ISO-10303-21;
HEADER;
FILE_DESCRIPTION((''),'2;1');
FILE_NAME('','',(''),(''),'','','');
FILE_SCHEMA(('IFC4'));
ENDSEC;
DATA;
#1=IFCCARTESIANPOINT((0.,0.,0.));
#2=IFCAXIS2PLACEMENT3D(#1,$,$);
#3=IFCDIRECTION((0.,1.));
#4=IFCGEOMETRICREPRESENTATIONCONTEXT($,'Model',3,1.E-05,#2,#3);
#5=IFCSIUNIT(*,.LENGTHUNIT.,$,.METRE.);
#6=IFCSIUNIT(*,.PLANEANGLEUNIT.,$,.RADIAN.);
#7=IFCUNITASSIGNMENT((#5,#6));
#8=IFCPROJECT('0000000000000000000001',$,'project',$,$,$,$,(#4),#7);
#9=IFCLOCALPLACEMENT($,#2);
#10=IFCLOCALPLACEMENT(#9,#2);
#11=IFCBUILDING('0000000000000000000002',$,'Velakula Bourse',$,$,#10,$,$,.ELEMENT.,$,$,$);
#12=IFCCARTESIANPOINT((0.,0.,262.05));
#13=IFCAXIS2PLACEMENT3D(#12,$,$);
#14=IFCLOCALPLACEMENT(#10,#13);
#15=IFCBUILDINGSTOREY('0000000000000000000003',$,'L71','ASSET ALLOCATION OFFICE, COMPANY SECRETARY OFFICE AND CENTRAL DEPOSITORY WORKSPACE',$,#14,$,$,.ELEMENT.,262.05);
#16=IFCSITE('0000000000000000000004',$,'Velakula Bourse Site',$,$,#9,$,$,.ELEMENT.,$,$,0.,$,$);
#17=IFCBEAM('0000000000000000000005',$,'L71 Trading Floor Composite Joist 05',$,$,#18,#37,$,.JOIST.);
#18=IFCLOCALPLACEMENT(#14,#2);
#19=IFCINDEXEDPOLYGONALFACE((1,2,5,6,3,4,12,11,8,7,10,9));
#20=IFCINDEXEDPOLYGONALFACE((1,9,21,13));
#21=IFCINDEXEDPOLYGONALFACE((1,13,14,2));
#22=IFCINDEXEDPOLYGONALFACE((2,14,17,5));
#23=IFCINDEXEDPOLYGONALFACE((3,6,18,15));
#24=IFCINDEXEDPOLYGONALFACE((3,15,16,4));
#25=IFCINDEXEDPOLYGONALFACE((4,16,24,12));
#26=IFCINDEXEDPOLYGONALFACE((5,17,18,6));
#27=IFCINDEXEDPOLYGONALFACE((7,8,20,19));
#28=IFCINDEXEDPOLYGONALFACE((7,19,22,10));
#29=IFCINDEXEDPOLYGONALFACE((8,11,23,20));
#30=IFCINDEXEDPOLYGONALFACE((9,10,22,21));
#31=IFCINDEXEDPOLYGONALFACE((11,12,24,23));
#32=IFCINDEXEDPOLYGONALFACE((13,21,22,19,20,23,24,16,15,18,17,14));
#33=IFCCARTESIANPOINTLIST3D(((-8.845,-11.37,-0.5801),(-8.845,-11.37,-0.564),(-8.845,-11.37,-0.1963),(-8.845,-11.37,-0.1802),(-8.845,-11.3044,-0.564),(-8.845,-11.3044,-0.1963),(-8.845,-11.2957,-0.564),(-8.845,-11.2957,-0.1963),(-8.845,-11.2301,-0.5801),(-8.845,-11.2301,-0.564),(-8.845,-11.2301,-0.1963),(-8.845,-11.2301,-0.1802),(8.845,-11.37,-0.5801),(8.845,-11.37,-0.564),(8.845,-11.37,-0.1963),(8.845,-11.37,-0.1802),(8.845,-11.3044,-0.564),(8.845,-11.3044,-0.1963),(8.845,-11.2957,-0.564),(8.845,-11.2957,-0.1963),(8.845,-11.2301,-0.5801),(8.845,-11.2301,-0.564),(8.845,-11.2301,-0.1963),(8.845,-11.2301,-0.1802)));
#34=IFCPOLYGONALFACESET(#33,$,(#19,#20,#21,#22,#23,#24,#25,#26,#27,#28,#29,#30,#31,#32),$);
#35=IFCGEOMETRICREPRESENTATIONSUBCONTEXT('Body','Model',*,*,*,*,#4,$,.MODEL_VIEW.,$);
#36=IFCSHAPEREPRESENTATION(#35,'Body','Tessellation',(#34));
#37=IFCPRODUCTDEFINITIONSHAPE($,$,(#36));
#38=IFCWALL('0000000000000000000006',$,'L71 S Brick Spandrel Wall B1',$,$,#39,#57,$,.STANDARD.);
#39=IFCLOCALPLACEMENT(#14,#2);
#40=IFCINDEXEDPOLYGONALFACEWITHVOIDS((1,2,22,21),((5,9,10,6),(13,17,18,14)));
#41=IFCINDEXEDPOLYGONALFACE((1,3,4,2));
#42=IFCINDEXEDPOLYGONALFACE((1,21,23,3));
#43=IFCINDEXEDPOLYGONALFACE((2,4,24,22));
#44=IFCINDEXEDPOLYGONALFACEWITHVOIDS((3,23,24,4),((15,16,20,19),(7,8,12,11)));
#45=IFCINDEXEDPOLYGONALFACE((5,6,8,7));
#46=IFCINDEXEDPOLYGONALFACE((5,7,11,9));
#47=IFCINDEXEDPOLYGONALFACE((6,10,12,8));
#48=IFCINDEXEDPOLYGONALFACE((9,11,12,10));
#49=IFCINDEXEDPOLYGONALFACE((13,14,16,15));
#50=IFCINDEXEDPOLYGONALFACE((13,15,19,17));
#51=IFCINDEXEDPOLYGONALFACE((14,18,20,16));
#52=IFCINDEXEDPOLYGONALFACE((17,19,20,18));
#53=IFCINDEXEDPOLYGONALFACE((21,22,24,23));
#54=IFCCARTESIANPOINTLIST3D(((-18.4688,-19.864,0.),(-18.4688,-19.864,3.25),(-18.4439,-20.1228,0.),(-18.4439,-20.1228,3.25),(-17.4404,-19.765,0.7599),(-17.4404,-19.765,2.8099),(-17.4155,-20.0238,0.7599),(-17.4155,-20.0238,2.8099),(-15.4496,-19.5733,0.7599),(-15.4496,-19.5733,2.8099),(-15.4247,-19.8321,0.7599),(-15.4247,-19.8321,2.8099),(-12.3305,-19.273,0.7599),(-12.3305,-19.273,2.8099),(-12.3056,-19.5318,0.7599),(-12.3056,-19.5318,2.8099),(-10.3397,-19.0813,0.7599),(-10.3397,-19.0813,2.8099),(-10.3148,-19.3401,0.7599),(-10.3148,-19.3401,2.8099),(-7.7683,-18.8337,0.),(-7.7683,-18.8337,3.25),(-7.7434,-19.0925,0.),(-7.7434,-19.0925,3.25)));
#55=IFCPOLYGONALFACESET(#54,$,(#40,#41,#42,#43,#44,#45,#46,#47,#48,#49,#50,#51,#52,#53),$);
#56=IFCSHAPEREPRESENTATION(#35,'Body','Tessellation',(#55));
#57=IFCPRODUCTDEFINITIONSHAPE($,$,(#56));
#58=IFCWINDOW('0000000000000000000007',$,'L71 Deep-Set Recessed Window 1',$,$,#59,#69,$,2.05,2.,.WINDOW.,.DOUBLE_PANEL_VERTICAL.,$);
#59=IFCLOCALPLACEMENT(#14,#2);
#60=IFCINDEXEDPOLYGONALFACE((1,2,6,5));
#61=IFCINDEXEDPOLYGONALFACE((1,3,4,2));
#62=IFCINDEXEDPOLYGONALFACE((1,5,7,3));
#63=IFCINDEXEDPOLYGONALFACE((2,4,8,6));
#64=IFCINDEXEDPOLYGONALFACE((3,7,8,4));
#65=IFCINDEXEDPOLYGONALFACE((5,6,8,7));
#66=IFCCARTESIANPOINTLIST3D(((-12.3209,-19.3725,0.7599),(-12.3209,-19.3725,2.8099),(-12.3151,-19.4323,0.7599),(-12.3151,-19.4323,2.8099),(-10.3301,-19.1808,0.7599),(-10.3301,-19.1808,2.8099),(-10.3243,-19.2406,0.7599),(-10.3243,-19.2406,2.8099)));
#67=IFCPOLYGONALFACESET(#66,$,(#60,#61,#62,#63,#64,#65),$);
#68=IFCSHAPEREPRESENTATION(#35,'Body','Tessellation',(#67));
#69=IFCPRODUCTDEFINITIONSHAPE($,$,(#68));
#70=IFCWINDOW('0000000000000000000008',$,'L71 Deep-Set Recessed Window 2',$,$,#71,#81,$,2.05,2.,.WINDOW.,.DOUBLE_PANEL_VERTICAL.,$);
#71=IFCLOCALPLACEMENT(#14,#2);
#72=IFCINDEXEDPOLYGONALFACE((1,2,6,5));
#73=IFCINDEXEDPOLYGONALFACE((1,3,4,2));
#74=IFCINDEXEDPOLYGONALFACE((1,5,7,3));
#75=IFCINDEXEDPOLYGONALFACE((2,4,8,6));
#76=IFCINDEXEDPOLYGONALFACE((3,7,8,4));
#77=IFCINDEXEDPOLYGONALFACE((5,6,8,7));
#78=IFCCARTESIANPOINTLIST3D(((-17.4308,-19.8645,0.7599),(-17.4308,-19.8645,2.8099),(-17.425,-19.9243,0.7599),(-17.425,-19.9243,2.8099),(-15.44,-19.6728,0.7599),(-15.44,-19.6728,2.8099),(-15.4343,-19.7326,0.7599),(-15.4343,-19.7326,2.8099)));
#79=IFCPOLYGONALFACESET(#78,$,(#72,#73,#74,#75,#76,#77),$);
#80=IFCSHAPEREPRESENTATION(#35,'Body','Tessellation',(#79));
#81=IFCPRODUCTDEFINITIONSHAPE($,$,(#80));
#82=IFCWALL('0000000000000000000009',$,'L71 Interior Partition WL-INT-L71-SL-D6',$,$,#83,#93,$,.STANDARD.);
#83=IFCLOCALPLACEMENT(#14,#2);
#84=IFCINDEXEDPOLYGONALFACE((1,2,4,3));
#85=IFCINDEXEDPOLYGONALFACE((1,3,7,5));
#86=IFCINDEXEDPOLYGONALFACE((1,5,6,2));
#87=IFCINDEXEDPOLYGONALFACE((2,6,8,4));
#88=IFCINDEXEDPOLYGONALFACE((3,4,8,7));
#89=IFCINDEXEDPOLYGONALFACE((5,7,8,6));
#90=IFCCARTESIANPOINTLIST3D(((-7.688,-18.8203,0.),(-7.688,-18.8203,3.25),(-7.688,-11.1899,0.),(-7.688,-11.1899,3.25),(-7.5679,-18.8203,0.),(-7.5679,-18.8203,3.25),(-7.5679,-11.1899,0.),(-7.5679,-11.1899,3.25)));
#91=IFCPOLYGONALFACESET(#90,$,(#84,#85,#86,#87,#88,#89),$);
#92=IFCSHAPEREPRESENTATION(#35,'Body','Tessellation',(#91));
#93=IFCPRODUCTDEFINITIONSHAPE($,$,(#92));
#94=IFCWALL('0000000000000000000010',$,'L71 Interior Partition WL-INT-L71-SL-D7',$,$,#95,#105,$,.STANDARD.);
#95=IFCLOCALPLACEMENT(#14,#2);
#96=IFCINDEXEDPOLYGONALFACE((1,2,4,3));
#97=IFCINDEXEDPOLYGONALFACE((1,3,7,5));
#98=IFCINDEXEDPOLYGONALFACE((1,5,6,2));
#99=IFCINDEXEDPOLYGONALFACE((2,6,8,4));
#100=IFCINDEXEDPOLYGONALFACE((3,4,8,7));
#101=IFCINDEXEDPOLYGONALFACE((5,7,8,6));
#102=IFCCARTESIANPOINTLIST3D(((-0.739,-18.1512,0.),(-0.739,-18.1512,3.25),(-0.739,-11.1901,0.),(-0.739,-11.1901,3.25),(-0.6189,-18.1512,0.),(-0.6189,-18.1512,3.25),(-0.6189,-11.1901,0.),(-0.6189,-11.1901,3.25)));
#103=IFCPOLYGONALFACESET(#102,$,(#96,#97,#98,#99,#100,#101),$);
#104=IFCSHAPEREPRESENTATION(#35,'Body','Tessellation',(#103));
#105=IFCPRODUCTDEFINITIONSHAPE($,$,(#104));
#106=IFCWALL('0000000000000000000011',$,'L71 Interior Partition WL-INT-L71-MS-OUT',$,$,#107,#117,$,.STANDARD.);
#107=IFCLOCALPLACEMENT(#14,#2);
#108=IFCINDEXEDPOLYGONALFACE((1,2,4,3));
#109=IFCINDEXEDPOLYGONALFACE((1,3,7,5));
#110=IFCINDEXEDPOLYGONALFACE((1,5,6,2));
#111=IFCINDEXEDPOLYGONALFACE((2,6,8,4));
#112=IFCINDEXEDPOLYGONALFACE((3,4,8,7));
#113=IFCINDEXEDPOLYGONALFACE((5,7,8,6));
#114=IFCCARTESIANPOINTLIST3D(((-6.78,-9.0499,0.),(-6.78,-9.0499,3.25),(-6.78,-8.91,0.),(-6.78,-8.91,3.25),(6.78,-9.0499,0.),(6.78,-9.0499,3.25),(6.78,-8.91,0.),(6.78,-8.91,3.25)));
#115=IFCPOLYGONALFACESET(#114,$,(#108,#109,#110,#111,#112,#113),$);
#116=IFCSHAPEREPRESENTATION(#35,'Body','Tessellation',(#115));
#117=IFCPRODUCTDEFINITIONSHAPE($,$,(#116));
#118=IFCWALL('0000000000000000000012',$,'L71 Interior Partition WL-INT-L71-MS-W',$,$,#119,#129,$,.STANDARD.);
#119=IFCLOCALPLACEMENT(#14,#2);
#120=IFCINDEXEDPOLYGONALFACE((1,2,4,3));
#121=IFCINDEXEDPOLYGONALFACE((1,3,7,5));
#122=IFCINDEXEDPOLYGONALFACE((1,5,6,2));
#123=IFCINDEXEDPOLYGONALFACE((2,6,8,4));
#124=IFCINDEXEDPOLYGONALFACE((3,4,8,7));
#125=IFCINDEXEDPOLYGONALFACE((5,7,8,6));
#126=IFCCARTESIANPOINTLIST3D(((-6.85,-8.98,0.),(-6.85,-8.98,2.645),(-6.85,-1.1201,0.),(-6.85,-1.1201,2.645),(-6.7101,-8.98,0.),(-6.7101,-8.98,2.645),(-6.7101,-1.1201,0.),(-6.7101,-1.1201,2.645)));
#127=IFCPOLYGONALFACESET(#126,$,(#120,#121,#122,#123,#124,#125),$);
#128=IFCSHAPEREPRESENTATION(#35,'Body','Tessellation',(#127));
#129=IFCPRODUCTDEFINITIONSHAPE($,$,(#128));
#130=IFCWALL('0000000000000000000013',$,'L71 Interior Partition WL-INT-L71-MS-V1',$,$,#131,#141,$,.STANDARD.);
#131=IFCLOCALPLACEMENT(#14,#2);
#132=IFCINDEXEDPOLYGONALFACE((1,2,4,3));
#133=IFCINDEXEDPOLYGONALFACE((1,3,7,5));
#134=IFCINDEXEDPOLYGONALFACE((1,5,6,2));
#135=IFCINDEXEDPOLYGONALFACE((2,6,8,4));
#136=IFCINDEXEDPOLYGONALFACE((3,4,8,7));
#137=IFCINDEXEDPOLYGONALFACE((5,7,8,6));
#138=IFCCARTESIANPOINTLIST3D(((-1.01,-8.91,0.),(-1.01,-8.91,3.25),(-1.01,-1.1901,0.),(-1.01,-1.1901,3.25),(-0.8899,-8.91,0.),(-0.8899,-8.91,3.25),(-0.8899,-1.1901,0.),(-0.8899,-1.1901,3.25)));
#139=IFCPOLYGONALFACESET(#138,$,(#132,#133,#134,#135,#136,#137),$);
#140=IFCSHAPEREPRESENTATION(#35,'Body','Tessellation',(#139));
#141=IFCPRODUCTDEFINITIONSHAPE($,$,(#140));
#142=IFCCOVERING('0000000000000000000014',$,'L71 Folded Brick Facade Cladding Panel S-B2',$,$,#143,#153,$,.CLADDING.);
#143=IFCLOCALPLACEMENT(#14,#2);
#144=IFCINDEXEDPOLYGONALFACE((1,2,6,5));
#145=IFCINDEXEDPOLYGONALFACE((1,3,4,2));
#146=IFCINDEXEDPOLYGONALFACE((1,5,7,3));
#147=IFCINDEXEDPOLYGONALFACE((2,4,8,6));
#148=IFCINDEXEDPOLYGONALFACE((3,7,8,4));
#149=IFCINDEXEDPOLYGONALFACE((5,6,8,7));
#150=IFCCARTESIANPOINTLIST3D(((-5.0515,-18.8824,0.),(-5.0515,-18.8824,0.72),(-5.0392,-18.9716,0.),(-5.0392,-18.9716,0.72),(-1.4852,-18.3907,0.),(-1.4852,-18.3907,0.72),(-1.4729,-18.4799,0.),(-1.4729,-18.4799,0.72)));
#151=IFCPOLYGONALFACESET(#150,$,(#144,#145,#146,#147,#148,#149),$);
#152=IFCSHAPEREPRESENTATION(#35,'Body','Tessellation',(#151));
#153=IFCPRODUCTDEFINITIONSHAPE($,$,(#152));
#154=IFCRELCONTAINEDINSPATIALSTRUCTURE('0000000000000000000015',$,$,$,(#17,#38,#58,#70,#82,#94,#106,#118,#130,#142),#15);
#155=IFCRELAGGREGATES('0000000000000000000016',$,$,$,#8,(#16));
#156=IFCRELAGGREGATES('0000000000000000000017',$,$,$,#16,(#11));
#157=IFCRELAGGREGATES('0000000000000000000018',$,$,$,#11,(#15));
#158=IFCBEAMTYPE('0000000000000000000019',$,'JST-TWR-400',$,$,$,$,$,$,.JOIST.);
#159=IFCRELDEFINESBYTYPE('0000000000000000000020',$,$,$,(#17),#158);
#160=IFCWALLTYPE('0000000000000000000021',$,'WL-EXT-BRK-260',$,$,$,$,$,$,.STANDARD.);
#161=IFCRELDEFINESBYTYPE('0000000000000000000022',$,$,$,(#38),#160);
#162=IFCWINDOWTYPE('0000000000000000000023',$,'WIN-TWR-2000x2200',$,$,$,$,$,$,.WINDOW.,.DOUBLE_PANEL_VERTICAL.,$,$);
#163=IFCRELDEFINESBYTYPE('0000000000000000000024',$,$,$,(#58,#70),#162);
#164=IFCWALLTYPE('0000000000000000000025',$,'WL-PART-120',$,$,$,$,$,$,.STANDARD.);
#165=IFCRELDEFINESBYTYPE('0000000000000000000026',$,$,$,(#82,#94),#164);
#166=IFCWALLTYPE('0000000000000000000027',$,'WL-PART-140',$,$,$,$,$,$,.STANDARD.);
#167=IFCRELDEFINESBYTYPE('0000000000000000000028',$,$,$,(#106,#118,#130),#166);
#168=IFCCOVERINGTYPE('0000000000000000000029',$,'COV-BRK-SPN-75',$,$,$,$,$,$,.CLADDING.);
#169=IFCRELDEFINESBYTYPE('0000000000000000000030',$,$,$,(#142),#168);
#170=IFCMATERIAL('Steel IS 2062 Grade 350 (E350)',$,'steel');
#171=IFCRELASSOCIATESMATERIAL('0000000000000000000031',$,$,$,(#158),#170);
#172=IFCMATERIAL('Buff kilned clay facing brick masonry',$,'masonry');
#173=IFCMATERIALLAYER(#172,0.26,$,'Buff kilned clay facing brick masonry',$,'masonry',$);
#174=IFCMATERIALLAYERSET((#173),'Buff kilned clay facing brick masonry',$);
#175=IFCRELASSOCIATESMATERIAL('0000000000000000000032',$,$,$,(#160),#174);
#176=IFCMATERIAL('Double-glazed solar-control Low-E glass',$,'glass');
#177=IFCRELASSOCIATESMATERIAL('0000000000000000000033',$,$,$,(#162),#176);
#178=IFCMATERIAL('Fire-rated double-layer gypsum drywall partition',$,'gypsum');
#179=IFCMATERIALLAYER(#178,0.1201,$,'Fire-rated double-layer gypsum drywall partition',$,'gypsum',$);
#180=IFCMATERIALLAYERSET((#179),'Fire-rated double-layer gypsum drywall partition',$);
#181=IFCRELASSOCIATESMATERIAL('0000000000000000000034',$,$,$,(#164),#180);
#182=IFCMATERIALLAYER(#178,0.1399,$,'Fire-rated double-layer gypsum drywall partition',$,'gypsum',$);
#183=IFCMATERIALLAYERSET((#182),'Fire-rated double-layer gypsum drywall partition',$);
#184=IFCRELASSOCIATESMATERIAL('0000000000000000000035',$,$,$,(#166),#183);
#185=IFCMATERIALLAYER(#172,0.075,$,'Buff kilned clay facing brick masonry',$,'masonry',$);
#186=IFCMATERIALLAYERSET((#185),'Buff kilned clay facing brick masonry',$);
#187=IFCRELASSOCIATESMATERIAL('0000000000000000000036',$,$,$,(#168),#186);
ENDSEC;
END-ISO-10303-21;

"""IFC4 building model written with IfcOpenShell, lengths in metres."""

from ifc_helpers import new_model, si_unit, direction, frame, frame_2d, origin, origin_2d, place, context, subcontext, project, spatial, rectangle, i_section, extrude, material, layer, layer_set, material_profile, profile_set, type_object, element, fill, save


model = new_model("IFC4")

# Units and contexts
model_context = context("Model", 3, precision=1e-05, world=origin(), true_north=direction((0.0, 1.0)))
body_context = subcontext(model_context, "Body", "Model", "MODEL_VIEW")
ifc_project = project(units=[si_unit("LENGTHUNIT", "METRE"), si_unit("PLANEANGLEUNIT", "RADIAN")], contexts=[model_context])

# Site, building, storey
site_placement = place(None, origin())
site = spatial("IfcSite", under=ifc_project, at=site_placement, Name="Velakula Bourse Site", CompositionType="ELEMENT", RefElevation=0.0)
building_placement = place(site_placement, origin())
building = spatial("IfcBuilding", under=site, at=building_placement, Name="Velakula Bourse", CompositionType="ELEMENT")
storey_placement = place(building_placement, frame((0.0, 0.0, 262.05)))
storey = spatial("IfcBuildingStorey", under=building, at=storey_placement, Name="L71", Description="ASSET ALLOCATION OFFICE, COMPANY SECRETARY OFFICE AND CENTRAL DEPOSITORY WORKSPACE", CompositionType="ELEMENT", Elevation=262.05)

# Shared definitions
ifc_material_1 = material(Name="Steel IS 2062 Grade 350 (E350)", Category="steel")

# Beam
ifc_material_profile_1 = material_profile(ifc_material_1, i_section(OverallWidth=0.1399, OverallDepth=0.3999, WebThickness=0.0088, FlangeThickness=0.0161, at=origin_2d()), Name="Steel IS 2062 Grade 350 (E350)")
ifc_profile_set_1 = profile_set([ifc_material_profile_1], Name="Steel IS 2062 Grade 350 (E350)")
beam_type_1 = type_object("IfcBeamType", Name="JST-TWR-400", PredefinedType="JOIST", material=ifc_profile_set_1)
beam_1_placement = place(storey_placement, frame((-8.845, -11.3, -0.3801), z_axis=(1.0, 0.0, 0.0), x_axis=(0.0, 1.0, 0.0)))
element("IfcBeam", 1, at=beam_1_placement, inside=storey, type_object=beam_type_1, Name="L71 Trading Floor Composite Joist 05", PredefinedType="JOIST", context=body_context, shape_type="SweptSolid", body=[
    extrude(i_section(OverallWidth=0.1399, OverallDepth=0.3999, WebThickness=0.0088, FlangeThickness=0.0161, at=origin_2d()), origin(), (0.0, 0.0, 1.0), 17.6899),
])

# Wall, openings, windows
ifc_material_2 = material(Name="Buff kilned clay facing brick masonry", Category="masonry")
ifc_layer_1 = layer(ifc_material_2, 0.26, Name="Buff kilned clay facing brick masonry", Category="masonry")
ifc_layer_set_1 = layer_set([ifc_layer_1], Name="Buff kilned clay facing brick masonry")
wall_type_1 = type_object("IfcWallType", Name="WL-EXT-BRK-260", PredefinedType="STANDARD", material=ifc_layer_set_1)
wall_1_placement = place(storey_placement, frame((-7.7559, -18.9631, 0.0), z_axis=(0.0, 0.0, 1.0), x_axis=(-0.995397, -0.09584, 0.0)))
wall_1 = element("IfcWall", 2, at=wall_1_placement, inside=storey, type_object=wall_type_1, Name="L71 S Brick Spandrel Wall B1", PredefinedType="STANDARD", context=body_context, shape_type="SweptSolid", body=[
    extrude(rectangle(XDim=10.75, YDim=0.26, at=frame_2d((5.375, 0.0))), origin(), (0.0, 0.0, 1.0), 3.25),
])
opening_1_placement = place(wall_1_placement, frame((2.5833, 0.0, 0.76)))
opening_1 = element("IfcOpeningElement", 3, at=opening_1_placement, cuts=wall_1, PredefinedType="OPENING", context=body_context, shape_type="SweptSolid", body=[
    extrude(rectangle(XDim=2.0, YDim=2.05, at=frame_2d((1.0, 1.0249))), frame((0.0, 0.1399, 0.0), z_axis=(0.0, -1.0, 0.0), x_axis=(1.0, 0.0, 0.0)), (0.0, 0.0, 1.0), 0.28),
])
opening_2_placement = place(wall_1_placement, frame((7.7168, 0.0, 0.76)))
opening_2 = element("IfcOpeningElement", 4, at=opening_2_placement, cuts=wall_1, PredefinedType="OPENING", context=body_context, shape_type="SweptSolid", body=[
    extrude(rectangle(XDim=2.0, YDim=2.05, at=frame_2d((1.0, 1.0249))), frame((0.0, 0.1399, 0.0), z_axis=(0.0, -1.0, 0.0), x_axis=(1.0, 0.0, 0.0)), (0.0, 0.0, 1.0), 0.28),
])
ifc_material_3 = material(Name="Double-glazed solar-control Low-E glass", Category="glass")
window_type = type_object("IfcWindowType", Name="WIN-TWR-2000x2200", PartitioningType="DOUBLE_PANEL_VERTICAL", PredefinedType="WINDOW", material=ifc_material_3)
window_1_placement = place(opening_1_placement, origin())
window_1 = element("IfcWindow", 5, at=window_1_placement, inside=storey, type_object=window_type, Name="L71 Deep-Set Recessed Window 1", OverallHeight=2.05, OverallWidth=2.0, PartitioningType="DOUBLE_PANEL_VERTICAL", PredefinedType="WINDOW", context=body_context, shape_type="SweptSolid", body=[
    extrude(rectangle(XDim=2.0, YDim=2.05, at=frame_2d((1.0, 1.0249))), frame((0.0, 0.03, 0.0), z_axis=(0.0, -1.0, 0.0), x_axis=(1.0, 0.0, 0.0)), (0.0, 0.0, 1.0), 0.0601),
])
fill(opening_1, window_1)
window_2_placement = place(opening_2_placement, origin())
window_2 = element("IfcWindow", 6, at=window_2_placement, inside=storey, type_object=window_type, Name="L71 Deep-Set Recessed Window 2", OverallHeight=2.05, OverallWidth=2.0, PartitioningType="DOUBLE_PANEL_VERTICAL", PredefinedType="WINDOW", context=body_context, shape_type="SweptSolid", body=[
    extrude(rectangle(XDim=2.0, YDim=2.05, at=frame_2d((1.0, 1.0249))), frame((0.0, 0.03, 0.0), z_axis=(0.0, -1.0, 0.0), x_axis=(1.0, 0.0, 0.0)), (0.0, 0.0, 1.0), 0.0601),
])
fill(opening_2, window_2)

# Walls
ifc_material_4 = material(Name="Fire-rated double-layer gypsum drywall partition", Category="gypsum")
ifc_layer_2 = layer(ifc_material_4, 0.1201, Name="Fire-rated double-layer gypsum drywall partition", Category="gypsum")
ifc_layer_set_2 = layer_set([ifc_layer_2], Name="Fire-rated double-layer gypsum drywall partition")
wall_type_2 = type_object("IfcWallType", Name="WL-PART-120", PredefinedType="STANDARD", material=ifc_layer_set_2)
wall_2_placement = place(storey_placement, frame((-7.6279, -18.8203, 0.0), z_axis=(0.0, 0.0, 1.0), x_axis=(0.0, 1.0, 0.0)))
element("IfcWall", 7, at=wall_2_placement, inside=storey, type_object=wall_type_2, Name="L71 Interior Partition WL-INT-L71-SL-D6", PredefinedType="STANDARD", context=body_context, shape_type="SweptSolid", body=[
    extrude(rectangle(XDim=7.6304, YDim=0.1201, at=frame_2d((3.8152, 0.0))), origin(), (0.0, 0.0, 1.0), 3.25),
])
wall_3_placement = place(storey_placement, frame((-0.679, -18.1511, 0.0), z_axis=(0.0, 0.0, 1.0), x_axis=(0.0, 1.0, 0.0)))
element("IfcWall", 8, at=wall_3_placement, inside=storey, type_object=wall_type_2, Name="L71 Interior Partition WL-INT-L71-SL-D7", PredefinedType="STANDARD", context=body_context, shape_type="SweptSolid", body=[
    extrude(rectangle(XDim=6.9612, YDim=0.1201, at=frame_2d((3.4805, 0.0))), origin(), (0.0, 0.0, 1.0), 3.25),
])
ifc_layer_3 = layer(ifc_material_4, 0.1399, Name="Fire-rated double-layer gypsum drywall partition", Category="gypsum")
ifc_layer_set_3 = layer_set([ifc_layer_3], Name="Fire-rated double-layer gypsum drywall partition")
wall_type_3 = type_object("IfcWallType", Name="WL-PART-140", PredefinedType="STANDARD", material=ifc_layer_set_3)
wall_4_placement = place(storey_placement, frame((-6.78, -8.98, 0.0), z_axis=(0.0, 0.0, 1.0), x_axis=(1.0, 0.0, 0.0)))
element("IfcWall", 9, at=wall_4_placement, inside=storey, type_object=wall_type_3, Name="L71 Interior Partition WL-INT-L71-MS-OUT", PredefinedType="STANDARD", context=body_context, shape_type="SweptSolid", body=[
    extrude(rectangle(XDim=13.5601, YDim=0.1399, at=frame_2d((6.78, 0.0))), origin(), (0.0, 0.0, 1.0), 3.25),
])
wall_5_placement = place(storey_placement, frame((-6.78, -8.98, 0.0), z_axis=(0.0, 0.0, 1.0), x_axis=(0.0, 1.0, 0.0)))
element("IfcWall", 10, at=wall_5_placement, inside=storey, type_object=wall_type_3, Name="L71 Interior Partition WL-INT-L71-MS-W", PredefinedType="STANDARD", context=body_context, shape_type="SweptSolid", body=[
    extrude(rectangle(XDim=7.8599, YDim=0.1399, at=frame_2d((3.9299, 0.0))), origin(), (0.0, 0.0, 1.0), 2.645),
])
wall_6_placement = place(storey_placement, frame((-0.95, -8.9099, 0.0), z_axis=(0.0, 0.0, 1.0), x_axis=(0.0, 1.0, 0.0)))
element("IfcWall", 11, at=wall_6_placement, inside=storey, type_object=wall_type_3, Name="L71 Interior Partition WL-INT-L71-MS-V1", PredefinedType="STANDARD", context=body_context, shape_type="SweptSolid", body=[
    extrude(rectangle(XDim=7.72, YDim=0.1201, at=frame_2d((3.8599, 0.0))), origin(), (0.0, 0.0, 1.0), 3.25),
])

# Covering
ifc_layer_4 = layer(ifc_material_2, 0.075, Name="Buff kilned clay facing brick masonry", Category="masonry")
ifc_layer_set_4 = layer_set([ifc_layer_4], Name="Buff kilned clay facing brick masonry")
covering_type = type_object("IfcCoveringType", Name="COV-BRK-SPN-75", PredefinedType="CLADDING", material=ifc_layer_set_4)
covering_placement = place(storey_placement, frame((-3.2622, -18.6812, 0.0), z_axis=(0.0, 0.0, 1.0), x_axis=(0.990629, 0.13658, 0.0)))
element("IfcCovering", 12, at=covering_placement, inside=storey, type_object=covering_type, Name="L71 Folded Brick Facade Cladding Panel S-B2", PredefinedType="CLADDING", context=body_context, shape_type="SweptSolid", body=[
    extrude(rectangle(XDim=3.6001, YDim=0.0901, at=origin_2d()), origin(), (0.0, 0.0, 1.0), 0.72),
])

save(model, "model.ifc")
